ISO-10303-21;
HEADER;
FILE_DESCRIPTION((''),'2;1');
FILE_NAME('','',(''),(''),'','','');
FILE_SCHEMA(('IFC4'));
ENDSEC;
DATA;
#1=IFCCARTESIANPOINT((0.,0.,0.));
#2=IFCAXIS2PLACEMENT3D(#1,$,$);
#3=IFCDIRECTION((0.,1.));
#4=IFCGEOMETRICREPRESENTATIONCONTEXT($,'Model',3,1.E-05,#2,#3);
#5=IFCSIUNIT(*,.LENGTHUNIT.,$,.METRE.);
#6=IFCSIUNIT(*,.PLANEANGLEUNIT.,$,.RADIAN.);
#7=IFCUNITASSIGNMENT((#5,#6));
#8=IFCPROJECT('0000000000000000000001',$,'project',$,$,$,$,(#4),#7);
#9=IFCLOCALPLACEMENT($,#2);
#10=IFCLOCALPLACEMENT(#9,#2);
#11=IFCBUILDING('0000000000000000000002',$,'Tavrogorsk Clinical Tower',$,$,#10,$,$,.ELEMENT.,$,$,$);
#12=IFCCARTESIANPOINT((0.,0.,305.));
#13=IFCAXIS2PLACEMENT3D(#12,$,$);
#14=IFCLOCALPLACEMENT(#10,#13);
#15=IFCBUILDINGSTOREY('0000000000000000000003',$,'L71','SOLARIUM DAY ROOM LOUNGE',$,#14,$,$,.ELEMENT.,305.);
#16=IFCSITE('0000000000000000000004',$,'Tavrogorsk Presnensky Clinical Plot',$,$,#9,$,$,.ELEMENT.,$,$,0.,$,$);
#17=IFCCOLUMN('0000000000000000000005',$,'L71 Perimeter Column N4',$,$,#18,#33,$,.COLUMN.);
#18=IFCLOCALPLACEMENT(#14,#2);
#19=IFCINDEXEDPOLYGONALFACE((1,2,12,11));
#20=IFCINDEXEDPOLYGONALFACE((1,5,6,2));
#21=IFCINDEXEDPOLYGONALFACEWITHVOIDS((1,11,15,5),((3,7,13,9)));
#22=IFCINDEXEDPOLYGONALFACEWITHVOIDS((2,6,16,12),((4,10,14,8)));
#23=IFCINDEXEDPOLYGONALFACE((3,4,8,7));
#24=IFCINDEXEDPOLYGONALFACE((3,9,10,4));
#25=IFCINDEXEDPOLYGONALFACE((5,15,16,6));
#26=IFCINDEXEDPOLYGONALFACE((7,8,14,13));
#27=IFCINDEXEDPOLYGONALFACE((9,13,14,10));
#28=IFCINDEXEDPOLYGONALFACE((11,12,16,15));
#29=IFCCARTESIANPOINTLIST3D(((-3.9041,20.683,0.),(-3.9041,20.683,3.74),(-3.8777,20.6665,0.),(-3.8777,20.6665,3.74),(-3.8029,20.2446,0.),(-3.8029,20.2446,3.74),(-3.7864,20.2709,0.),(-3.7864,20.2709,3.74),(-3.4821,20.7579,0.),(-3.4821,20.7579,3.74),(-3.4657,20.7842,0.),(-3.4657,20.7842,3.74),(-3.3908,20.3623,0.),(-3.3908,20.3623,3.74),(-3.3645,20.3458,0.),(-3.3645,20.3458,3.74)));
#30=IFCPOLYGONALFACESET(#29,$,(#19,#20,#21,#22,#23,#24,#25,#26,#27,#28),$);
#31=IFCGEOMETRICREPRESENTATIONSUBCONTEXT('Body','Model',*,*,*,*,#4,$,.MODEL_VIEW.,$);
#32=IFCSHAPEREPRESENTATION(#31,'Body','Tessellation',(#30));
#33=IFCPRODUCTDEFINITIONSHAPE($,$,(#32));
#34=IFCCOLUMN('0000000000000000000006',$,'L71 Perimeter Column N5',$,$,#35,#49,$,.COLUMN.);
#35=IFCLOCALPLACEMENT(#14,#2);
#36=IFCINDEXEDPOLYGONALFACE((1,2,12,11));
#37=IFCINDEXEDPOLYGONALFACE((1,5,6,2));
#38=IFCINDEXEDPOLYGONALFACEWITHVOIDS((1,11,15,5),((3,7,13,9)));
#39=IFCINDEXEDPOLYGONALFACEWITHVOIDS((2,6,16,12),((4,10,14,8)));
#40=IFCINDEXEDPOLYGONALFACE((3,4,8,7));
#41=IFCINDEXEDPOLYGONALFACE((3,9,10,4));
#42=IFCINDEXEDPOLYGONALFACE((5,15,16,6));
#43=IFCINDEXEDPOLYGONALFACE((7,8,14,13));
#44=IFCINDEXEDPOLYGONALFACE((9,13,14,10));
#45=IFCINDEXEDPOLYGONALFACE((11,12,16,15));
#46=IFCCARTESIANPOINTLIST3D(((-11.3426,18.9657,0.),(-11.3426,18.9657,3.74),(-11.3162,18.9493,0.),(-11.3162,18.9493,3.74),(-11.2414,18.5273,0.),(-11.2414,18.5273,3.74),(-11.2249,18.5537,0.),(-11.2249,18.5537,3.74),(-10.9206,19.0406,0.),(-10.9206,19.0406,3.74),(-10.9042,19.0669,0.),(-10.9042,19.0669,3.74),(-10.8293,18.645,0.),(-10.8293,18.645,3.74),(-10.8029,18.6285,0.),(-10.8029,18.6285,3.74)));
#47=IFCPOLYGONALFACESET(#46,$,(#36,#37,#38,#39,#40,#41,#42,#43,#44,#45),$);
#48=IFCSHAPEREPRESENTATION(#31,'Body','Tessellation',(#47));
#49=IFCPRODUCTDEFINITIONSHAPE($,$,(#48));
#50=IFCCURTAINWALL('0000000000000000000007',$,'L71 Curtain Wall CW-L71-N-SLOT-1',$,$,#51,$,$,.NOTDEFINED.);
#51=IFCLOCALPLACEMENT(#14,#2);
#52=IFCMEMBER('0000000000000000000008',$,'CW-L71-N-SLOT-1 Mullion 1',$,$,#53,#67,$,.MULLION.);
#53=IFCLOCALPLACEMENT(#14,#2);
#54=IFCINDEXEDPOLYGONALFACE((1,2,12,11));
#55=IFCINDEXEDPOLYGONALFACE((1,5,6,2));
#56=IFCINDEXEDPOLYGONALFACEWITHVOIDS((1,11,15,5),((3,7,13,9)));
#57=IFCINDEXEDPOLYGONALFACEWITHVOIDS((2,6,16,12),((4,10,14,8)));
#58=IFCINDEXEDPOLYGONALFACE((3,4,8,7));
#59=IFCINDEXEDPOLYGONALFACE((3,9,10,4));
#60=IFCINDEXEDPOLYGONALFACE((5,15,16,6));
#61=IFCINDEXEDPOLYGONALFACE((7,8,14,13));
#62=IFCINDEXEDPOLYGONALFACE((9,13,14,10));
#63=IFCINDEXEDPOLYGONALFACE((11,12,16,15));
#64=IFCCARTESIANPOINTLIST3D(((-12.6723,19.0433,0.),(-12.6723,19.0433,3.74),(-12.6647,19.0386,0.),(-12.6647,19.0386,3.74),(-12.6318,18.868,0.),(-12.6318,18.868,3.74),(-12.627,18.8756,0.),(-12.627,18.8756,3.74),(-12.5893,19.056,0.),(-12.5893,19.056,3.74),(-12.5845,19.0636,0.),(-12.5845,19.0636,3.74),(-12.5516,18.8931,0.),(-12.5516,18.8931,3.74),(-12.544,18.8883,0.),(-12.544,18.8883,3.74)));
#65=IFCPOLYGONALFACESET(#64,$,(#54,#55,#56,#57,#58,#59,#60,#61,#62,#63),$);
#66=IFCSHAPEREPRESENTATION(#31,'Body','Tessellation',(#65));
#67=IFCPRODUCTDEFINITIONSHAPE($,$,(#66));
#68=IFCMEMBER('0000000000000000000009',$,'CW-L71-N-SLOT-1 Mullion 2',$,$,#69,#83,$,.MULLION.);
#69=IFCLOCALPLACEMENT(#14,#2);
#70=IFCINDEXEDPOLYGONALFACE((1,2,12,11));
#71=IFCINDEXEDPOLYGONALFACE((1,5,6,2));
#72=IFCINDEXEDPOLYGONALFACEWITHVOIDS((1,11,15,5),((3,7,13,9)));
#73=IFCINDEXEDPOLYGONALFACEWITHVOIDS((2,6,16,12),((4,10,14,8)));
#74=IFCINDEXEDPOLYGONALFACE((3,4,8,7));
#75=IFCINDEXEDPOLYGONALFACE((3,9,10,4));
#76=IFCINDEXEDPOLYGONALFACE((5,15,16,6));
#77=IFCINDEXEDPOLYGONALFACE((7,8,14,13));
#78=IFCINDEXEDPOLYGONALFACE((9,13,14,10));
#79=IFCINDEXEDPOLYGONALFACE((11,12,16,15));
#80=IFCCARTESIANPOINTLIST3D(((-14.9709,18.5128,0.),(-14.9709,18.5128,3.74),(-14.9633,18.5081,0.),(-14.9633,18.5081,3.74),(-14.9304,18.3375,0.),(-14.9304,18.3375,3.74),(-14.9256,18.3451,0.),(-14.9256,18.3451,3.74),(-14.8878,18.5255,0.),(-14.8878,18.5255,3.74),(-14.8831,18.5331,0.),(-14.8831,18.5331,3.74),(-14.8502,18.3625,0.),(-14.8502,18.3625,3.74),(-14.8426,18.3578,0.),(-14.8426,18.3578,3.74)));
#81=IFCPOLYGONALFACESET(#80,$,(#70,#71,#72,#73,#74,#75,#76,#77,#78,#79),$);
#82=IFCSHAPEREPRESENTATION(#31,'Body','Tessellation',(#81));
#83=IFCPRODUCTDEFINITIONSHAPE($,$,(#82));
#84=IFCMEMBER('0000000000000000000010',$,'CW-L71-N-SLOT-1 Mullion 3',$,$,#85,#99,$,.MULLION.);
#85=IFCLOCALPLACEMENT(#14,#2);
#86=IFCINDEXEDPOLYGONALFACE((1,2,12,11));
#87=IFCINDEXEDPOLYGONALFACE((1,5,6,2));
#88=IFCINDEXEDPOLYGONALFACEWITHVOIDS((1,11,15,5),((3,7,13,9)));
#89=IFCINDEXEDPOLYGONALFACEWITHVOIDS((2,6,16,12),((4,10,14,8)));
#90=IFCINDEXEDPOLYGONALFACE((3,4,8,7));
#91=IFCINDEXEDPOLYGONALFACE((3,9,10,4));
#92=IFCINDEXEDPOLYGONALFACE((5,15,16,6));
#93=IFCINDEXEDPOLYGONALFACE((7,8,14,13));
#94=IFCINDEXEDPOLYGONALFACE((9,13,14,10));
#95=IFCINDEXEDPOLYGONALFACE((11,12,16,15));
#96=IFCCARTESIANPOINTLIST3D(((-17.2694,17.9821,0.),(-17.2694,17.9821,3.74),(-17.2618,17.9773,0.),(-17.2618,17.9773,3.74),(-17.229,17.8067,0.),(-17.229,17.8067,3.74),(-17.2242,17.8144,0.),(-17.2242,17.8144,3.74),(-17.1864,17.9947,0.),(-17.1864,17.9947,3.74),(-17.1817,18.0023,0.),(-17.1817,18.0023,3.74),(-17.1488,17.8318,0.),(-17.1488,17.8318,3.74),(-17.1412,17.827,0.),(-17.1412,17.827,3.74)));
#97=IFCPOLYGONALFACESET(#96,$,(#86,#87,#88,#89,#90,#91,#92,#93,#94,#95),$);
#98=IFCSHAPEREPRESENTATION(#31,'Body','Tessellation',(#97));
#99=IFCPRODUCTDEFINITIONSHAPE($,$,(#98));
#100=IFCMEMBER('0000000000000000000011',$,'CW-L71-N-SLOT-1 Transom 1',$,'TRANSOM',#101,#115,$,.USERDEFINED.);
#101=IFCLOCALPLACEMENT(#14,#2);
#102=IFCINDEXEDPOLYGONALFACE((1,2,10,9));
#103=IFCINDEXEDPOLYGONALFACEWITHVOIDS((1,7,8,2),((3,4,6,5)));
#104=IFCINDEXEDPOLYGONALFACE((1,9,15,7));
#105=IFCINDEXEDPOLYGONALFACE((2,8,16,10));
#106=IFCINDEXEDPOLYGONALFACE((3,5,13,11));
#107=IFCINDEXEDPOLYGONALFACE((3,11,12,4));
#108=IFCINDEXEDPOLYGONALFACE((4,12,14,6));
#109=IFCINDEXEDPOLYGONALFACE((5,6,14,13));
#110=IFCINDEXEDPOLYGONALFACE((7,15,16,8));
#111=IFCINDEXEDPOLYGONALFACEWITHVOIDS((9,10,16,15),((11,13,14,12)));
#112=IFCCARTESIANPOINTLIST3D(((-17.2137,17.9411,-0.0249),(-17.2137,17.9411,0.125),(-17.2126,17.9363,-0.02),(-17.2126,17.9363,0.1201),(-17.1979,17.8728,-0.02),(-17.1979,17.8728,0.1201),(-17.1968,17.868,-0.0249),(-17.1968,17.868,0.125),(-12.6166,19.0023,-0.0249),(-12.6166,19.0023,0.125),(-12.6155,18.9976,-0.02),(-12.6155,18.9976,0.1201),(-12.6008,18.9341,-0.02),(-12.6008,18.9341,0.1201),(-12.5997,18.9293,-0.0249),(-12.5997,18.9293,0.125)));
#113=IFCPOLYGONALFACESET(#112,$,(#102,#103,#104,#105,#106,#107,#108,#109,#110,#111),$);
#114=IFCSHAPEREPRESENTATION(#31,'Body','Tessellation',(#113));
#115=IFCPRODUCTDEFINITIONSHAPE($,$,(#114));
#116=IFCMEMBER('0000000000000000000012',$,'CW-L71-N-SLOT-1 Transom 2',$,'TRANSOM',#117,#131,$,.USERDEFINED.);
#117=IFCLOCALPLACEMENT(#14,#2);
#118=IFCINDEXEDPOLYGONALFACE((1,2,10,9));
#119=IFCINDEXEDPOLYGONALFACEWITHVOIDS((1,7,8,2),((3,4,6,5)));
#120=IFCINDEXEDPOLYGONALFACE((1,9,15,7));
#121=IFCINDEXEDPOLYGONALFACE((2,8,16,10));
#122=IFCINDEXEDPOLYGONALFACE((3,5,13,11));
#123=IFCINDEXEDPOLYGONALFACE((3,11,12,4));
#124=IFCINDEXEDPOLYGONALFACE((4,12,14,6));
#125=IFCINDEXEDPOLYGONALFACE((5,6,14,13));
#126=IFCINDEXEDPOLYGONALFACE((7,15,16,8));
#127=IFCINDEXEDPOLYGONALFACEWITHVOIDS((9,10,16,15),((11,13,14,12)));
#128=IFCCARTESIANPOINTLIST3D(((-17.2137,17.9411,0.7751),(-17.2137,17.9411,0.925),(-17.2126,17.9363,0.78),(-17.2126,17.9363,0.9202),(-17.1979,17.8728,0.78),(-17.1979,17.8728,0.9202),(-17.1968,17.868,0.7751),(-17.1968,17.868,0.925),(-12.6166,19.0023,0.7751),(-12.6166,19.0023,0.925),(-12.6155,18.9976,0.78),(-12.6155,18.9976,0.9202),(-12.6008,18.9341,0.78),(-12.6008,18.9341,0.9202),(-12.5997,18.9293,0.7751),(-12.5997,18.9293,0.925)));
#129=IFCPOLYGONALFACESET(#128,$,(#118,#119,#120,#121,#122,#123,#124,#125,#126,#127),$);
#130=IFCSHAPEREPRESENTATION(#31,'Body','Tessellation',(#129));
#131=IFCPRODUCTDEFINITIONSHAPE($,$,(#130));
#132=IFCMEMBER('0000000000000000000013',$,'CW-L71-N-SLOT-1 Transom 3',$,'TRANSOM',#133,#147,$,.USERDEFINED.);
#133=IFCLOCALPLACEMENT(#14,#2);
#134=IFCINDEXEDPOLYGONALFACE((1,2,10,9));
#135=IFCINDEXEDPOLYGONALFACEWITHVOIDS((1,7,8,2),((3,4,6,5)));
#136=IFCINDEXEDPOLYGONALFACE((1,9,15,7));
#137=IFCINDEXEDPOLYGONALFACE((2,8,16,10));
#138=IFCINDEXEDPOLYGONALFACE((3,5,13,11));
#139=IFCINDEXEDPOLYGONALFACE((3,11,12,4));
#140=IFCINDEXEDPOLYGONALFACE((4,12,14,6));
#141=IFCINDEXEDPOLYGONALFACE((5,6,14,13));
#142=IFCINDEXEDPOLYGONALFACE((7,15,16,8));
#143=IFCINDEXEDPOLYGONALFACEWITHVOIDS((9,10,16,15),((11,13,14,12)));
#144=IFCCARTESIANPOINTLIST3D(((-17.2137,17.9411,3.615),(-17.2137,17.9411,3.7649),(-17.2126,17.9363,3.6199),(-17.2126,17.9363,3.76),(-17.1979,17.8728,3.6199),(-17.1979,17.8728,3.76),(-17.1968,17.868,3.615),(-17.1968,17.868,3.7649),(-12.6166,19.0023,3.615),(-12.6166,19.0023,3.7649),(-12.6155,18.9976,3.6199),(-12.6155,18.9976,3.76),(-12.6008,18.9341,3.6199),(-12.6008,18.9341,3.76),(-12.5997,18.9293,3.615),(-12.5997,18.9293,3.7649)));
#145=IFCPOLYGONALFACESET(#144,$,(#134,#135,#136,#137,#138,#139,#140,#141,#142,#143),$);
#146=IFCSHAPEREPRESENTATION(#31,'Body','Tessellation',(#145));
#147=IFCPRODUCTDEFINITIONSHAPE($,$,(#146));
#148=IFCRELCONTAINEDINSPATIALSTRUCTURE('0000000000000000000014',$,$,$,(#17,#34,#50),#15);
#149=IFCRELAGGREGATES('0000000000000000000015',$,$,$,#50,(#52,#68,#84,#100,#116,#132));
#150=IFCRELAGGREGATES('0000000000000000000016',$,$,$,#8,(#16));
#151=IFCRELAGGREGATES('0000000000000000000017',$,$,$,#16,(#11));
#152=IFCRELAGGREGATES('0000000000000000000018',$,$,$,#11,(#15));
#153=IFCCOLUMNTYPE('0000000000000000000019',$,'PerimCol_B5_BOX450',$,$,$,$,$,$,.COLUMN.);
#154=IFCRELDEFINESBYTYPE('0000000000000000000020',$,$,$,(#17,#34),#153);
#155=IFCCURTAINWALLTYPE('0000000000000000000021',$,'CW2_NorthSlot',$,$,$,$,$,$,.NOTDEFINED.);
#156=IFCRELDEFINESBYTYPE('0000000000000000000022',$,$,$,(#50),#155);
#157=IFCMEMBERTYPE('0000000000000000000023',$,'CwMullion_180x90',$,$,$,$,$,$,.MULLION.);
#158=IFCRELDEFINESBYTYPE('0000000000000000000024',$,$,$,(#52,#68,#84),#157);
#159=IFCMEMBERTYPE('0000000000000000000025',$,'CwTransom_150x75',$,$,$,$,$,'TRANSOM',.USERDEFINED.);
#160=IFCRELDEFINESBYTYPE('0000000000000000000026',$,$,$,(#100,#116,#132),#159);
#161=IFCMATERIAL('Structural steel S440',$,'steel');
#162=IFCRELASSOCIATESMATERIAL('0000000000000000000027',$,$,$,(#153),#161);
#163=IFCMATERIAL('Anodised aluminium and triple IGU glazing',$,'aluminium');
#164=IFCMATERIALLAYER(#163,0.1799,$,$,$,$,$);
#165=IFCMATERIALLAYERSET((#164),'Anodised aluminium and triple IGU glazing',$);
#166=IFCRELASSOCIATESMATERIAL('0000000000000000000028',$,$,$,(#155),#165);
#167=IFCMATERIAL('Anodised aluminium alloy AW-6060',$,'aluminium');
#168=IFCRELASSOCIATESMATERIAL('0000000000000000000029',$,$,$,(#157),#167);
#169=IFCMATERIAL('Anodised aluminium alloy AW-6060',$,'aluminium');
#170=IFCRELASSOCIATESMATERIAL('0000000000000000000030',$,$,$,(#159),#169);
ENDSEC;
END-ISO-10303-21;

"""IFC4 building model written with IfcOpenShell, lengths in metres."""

from ifc_helpers import new_model, si_unit, direction, frame, origin, origin_2d, place, context, subcontext, project, spatial, hollow_rectangle, extrude, material, layer, layer_set, material_profile, profile_set, type_object, element, aggregate, save


model = new_model("IFC4")

# Units and contexts
model_context = context("Model", 3, precision=1e-05, world=origin(), true_north=direction((0.0, 1.0)))
body_context = subcontext(model_context, "Body", "Model", "MODEL_VIEW")
ifc_project = project(units=[si_unit("LENGTHUNIT", "METRE"), si_unit("PLANEANGLEUNIT", "RADIAN")], contexts=[model_context])

# Site, building, storey
site_placement = place(None, origin())
site = spatial("IfcSite", under=ifc_project, at=site_placement, Name="Tavrogorsk Presnensky Clinical Plot", CompositionType="ELEMENT", RefElevation=0.0)
building_placement = place(site_placement, origin())
building = spatial("IfcBuilding", under=site, at=building_placement, Name="Tavrogorsk Clinical Tower", CompositionType="ELEMENT")
storey_placement = place(building_placement, frame((0.0, 0.0, 305.0)))
storey = spatial("IfcBuildingStorey", under=building, at=storey_placement, Name="L71", Description="SOLARIUM DAY ROOM LOUNGE", CompositionType="ELEMENT", Elevation=305.0)

# Columns
ifc_material_1 = material(Name="Structural steel S440", Category="steel")
ifc_material_profile_1 = material_profile(ifc_material_1, hollow_rectangle(XDim=0.45, YDim=0.45, WallThickness=0.022, at=origin_2d()), Name="BOX-450x450x22")
ifc_profile_set_1 = profile_set([ifc_material_profile_1], Name="Structural steel S440")
column_type = type_object("IfcColumnType", Name="PerimCol_B5_BOX450", PredefinedType="COLUMN", material=ifc_profile_set_1)
for number, where, z_axis, x_axis, name in (
    (1, (-3.6343, 20.5144, 0.0), (0.0, 0.0, 1.0), (0.97437, 0.224951, 0.0), "L71 Perimeter Column N4"),
    (2, (-11.0728, 18.7971, 0.0), (0.0, 0.0, 1.0), (0.97437, 0.224951, 0.0), "L71 Perimeter Column N5"),
):
    element("IfcColumn", number, at=place(storey_placement, frame(where, z_axis=z_axis, x_axis=x_axis)), inside=storey, type_object=column_type, Name=name, PredefinedType="COLUMN", context=body_context, shape_type="SweptSolid", body=[
        extrude(hollow_rectangle(XDim=0.45, YDim=0.45, WallThickness=0.022, at=origin_2d()), origin(), (0.0, 0.0, 1.0), 3.74),
    ])

# Curtain wall, members
ifc_material_2 = material(Name="Anodised aluminium and triple IGU glazing", Category="aluminium")
ifc_layer_1 = layer(ifc_material_2, 0.1799)
ifc_layer_set_1 = layer_set([ifc_layer_1], Name="Anodised aluminium and triple IGU glazing")
curtain_wall_type = type_object("IfcCurtainWallType", Name="CW2_NorthSlot", PredefinedType="NOTDEFINED", material=ifc_layer_set_1)
curtain_wall_placement = place(storey_placement, origin())
curtain_wall = element("IfcCurtainWall", 3, at=curtain_wall_placement, inside=storey, type_object=curtain_wall_type, Name="L71 Curtain Wall CW-L71-N-SLOT-1", PredefinedType="NOTDEFINED")
ifc_material_3 = material(Name="Anodised aluminium alloy AW-6060", Category="aluminium")
ifc_material_profile_2 = material_profile(ifc_material_3, hollow_rectangle(XDim=0.0901, YDim=0.1799, WallThickness=0.0063, at=origin_2d()), Name="RHS-180x90x6.3")
ifc_profile_set_2 = profile_set([ifc_material_profile_2], Name="Anodised aluminium alloy AW-6060")
member_type_1 = type_object("IfcMemberType", Name="CwMullion_180x90", PredefinedType="MULLION", material=ifc_profile_set_2)
member_1_placement = place(storey_placement, frame((-12.6082, 18.9658, 0.0), z_axis=(0.0, 0.0, 1.0), x_axis=(-0.97437, -0.224951, 0.0)))
member_1 = element("IfcMember", 4, at=member_1_placement, type_object=member_type_1, Name="CW-L71-N-SLOT-1 Mullion 1", PredefinedType="MULLION", context=body_context, shape_type="SweptSolid", body=[
    extrude(hollow_rectangle(XDim=0.0901, YDim=0.1799, WallThickness=0.0063, at=origin_2d()), origin(), (0.0, 0.0, 1.0), 3.74),
])
member_2_placement = place(storey_placement, frame((-14.9067, 18.4353, 0.0), z_axis=(0.0, 0.0, 1.0), x_axis=(-0.97437, -0.224951, 0.0)))
member_2 = element("IfcMember", 5, at=member_2_placement, type_object=member_type_1, Name="CW-L71-N-SLOT-1 Mullion 2", PredefinedType="MULLION", context=body_context, shape_type="SweptSolid", body=[
    extrude(hollow_rectangle(XDim=0.0901, YDim=0.1799, WallThickness=0.0063, at=origin_2d()), origin(), (0.0, 0.0, 1.0), 3.74),
])
member_3_placement = place(storey_placement, frame((-17.2053, 17.9045, 0.0), z_axis=(0.0, 0.0, 1.0), x_axis=(-0.97437, -0.224951, 0.0)))
member_3 = element("IfcMember", 6, at=member_3_placement, type_object=member_type_1, Name="CW-L71-N-SLOT-1 Mullion 3", PredefinedType="MULLION", context=body_context, shape_type="SweptSolid", body=[
    extrude(hollow_rectangle(XDim=0.0901, YDim=0.1799, WallThickness=0.0063, at=origin_2d()), origin(), (0.0, 0.0, 1.0), 3.74),
])
ifc_material_4 = material(Name="Anodised aluminium alloy AW-6060", Category="aluminium")
ifc_material_profile_3 = material_profile(ifc_material_4, hollow_rectangle(XDim=0.075, YDim=0.1499, WallThickness=0.0049, at=origin_2d()), Name="RHS-150x75x5")
ifc_profile_set_3 = profile_set([ifc_material_profile_3], Name="Anodised aluminium alloy AW-6060")
member_type_2 = type_object("IfcMemberType", Name="CwTransom_150x75", ElementType="TRANSOM", PredefinedType="USERDEFINED", material=ifc_profile_set_3)
member_4_placement = place(storey_placement, frame((-12.6082, 18.9658, 0.05), z_axis=(-0.974373, -0.224939, 0.0), x_axis=(0.224939, -0.974373, 0.0)))
member_4 = element("IfcMember", 7, at=member_4_placement, type_object=member_type_2, Name="CW-L71-N-SLOT-1 Transom 1", ObjectType="TRANSOM", PredefinedType="USERDEFINED", context=body_context, shape_type="SweptSolid", body=[
    extrude(hollow_rectangle(XDim=0.075, YDim=0.1499, WallThickness=0.0049, at=origin_2d()), origin(), (0.0, 0.0, 1.0), 4.718),
])
member_5_placement = place(storey_placement, frame((-12.6082, 18.9658, 0.8501), z_axis=(-0.974373, -0.224939, 0.0), x_axis=(0.224939, -0.974373, 0.0)))
member_5 = element("IfcMember", 8, at=member_5_placement, type_object=member_type_2, Name="CW-L71-N-SLOT-1 Transom 2", ObjectType="TRANSOM", PredefinedType="USERDEFINED", context=body_context, shape_type="SweptSolid", body=[
    extrude(hollow_rectangle(XDim=0.075, YDim=0.1499, WallThickness=0.0049, at=origin_2d()), origin(), (0.0, 0.0, 1.0), 4.718),
])
member_6_placement = place(storey_placement, frame((-12.6082, 18.9658, 3.6899), z_axis=(-0.974373, -0.224939, 0.0), x_axis=(0.224939, -0.974373, 0.0)))
member_6 = element("IfcMember", 9, at=member_6_placement, type_object=member_type_2, Name="CW-L71-N-SLOT-1 Transom 3", ObjectType="TRANSOM", PredefinedType="USERDEFINED", context=body_context, shape_type="SweptSolid", body=[
    extrude(hollow_rectangle(XDim=0.075, YDim=0.1499, WallThickness=0.0049, at=origin_2d()), origin(), (0.0, 0.0, 1.0), 4.718),
])

aggregate(curtain_wall, [member_1, member_2, member_3, member_4, member_5, member_6])

save(model, "model.ifc")
